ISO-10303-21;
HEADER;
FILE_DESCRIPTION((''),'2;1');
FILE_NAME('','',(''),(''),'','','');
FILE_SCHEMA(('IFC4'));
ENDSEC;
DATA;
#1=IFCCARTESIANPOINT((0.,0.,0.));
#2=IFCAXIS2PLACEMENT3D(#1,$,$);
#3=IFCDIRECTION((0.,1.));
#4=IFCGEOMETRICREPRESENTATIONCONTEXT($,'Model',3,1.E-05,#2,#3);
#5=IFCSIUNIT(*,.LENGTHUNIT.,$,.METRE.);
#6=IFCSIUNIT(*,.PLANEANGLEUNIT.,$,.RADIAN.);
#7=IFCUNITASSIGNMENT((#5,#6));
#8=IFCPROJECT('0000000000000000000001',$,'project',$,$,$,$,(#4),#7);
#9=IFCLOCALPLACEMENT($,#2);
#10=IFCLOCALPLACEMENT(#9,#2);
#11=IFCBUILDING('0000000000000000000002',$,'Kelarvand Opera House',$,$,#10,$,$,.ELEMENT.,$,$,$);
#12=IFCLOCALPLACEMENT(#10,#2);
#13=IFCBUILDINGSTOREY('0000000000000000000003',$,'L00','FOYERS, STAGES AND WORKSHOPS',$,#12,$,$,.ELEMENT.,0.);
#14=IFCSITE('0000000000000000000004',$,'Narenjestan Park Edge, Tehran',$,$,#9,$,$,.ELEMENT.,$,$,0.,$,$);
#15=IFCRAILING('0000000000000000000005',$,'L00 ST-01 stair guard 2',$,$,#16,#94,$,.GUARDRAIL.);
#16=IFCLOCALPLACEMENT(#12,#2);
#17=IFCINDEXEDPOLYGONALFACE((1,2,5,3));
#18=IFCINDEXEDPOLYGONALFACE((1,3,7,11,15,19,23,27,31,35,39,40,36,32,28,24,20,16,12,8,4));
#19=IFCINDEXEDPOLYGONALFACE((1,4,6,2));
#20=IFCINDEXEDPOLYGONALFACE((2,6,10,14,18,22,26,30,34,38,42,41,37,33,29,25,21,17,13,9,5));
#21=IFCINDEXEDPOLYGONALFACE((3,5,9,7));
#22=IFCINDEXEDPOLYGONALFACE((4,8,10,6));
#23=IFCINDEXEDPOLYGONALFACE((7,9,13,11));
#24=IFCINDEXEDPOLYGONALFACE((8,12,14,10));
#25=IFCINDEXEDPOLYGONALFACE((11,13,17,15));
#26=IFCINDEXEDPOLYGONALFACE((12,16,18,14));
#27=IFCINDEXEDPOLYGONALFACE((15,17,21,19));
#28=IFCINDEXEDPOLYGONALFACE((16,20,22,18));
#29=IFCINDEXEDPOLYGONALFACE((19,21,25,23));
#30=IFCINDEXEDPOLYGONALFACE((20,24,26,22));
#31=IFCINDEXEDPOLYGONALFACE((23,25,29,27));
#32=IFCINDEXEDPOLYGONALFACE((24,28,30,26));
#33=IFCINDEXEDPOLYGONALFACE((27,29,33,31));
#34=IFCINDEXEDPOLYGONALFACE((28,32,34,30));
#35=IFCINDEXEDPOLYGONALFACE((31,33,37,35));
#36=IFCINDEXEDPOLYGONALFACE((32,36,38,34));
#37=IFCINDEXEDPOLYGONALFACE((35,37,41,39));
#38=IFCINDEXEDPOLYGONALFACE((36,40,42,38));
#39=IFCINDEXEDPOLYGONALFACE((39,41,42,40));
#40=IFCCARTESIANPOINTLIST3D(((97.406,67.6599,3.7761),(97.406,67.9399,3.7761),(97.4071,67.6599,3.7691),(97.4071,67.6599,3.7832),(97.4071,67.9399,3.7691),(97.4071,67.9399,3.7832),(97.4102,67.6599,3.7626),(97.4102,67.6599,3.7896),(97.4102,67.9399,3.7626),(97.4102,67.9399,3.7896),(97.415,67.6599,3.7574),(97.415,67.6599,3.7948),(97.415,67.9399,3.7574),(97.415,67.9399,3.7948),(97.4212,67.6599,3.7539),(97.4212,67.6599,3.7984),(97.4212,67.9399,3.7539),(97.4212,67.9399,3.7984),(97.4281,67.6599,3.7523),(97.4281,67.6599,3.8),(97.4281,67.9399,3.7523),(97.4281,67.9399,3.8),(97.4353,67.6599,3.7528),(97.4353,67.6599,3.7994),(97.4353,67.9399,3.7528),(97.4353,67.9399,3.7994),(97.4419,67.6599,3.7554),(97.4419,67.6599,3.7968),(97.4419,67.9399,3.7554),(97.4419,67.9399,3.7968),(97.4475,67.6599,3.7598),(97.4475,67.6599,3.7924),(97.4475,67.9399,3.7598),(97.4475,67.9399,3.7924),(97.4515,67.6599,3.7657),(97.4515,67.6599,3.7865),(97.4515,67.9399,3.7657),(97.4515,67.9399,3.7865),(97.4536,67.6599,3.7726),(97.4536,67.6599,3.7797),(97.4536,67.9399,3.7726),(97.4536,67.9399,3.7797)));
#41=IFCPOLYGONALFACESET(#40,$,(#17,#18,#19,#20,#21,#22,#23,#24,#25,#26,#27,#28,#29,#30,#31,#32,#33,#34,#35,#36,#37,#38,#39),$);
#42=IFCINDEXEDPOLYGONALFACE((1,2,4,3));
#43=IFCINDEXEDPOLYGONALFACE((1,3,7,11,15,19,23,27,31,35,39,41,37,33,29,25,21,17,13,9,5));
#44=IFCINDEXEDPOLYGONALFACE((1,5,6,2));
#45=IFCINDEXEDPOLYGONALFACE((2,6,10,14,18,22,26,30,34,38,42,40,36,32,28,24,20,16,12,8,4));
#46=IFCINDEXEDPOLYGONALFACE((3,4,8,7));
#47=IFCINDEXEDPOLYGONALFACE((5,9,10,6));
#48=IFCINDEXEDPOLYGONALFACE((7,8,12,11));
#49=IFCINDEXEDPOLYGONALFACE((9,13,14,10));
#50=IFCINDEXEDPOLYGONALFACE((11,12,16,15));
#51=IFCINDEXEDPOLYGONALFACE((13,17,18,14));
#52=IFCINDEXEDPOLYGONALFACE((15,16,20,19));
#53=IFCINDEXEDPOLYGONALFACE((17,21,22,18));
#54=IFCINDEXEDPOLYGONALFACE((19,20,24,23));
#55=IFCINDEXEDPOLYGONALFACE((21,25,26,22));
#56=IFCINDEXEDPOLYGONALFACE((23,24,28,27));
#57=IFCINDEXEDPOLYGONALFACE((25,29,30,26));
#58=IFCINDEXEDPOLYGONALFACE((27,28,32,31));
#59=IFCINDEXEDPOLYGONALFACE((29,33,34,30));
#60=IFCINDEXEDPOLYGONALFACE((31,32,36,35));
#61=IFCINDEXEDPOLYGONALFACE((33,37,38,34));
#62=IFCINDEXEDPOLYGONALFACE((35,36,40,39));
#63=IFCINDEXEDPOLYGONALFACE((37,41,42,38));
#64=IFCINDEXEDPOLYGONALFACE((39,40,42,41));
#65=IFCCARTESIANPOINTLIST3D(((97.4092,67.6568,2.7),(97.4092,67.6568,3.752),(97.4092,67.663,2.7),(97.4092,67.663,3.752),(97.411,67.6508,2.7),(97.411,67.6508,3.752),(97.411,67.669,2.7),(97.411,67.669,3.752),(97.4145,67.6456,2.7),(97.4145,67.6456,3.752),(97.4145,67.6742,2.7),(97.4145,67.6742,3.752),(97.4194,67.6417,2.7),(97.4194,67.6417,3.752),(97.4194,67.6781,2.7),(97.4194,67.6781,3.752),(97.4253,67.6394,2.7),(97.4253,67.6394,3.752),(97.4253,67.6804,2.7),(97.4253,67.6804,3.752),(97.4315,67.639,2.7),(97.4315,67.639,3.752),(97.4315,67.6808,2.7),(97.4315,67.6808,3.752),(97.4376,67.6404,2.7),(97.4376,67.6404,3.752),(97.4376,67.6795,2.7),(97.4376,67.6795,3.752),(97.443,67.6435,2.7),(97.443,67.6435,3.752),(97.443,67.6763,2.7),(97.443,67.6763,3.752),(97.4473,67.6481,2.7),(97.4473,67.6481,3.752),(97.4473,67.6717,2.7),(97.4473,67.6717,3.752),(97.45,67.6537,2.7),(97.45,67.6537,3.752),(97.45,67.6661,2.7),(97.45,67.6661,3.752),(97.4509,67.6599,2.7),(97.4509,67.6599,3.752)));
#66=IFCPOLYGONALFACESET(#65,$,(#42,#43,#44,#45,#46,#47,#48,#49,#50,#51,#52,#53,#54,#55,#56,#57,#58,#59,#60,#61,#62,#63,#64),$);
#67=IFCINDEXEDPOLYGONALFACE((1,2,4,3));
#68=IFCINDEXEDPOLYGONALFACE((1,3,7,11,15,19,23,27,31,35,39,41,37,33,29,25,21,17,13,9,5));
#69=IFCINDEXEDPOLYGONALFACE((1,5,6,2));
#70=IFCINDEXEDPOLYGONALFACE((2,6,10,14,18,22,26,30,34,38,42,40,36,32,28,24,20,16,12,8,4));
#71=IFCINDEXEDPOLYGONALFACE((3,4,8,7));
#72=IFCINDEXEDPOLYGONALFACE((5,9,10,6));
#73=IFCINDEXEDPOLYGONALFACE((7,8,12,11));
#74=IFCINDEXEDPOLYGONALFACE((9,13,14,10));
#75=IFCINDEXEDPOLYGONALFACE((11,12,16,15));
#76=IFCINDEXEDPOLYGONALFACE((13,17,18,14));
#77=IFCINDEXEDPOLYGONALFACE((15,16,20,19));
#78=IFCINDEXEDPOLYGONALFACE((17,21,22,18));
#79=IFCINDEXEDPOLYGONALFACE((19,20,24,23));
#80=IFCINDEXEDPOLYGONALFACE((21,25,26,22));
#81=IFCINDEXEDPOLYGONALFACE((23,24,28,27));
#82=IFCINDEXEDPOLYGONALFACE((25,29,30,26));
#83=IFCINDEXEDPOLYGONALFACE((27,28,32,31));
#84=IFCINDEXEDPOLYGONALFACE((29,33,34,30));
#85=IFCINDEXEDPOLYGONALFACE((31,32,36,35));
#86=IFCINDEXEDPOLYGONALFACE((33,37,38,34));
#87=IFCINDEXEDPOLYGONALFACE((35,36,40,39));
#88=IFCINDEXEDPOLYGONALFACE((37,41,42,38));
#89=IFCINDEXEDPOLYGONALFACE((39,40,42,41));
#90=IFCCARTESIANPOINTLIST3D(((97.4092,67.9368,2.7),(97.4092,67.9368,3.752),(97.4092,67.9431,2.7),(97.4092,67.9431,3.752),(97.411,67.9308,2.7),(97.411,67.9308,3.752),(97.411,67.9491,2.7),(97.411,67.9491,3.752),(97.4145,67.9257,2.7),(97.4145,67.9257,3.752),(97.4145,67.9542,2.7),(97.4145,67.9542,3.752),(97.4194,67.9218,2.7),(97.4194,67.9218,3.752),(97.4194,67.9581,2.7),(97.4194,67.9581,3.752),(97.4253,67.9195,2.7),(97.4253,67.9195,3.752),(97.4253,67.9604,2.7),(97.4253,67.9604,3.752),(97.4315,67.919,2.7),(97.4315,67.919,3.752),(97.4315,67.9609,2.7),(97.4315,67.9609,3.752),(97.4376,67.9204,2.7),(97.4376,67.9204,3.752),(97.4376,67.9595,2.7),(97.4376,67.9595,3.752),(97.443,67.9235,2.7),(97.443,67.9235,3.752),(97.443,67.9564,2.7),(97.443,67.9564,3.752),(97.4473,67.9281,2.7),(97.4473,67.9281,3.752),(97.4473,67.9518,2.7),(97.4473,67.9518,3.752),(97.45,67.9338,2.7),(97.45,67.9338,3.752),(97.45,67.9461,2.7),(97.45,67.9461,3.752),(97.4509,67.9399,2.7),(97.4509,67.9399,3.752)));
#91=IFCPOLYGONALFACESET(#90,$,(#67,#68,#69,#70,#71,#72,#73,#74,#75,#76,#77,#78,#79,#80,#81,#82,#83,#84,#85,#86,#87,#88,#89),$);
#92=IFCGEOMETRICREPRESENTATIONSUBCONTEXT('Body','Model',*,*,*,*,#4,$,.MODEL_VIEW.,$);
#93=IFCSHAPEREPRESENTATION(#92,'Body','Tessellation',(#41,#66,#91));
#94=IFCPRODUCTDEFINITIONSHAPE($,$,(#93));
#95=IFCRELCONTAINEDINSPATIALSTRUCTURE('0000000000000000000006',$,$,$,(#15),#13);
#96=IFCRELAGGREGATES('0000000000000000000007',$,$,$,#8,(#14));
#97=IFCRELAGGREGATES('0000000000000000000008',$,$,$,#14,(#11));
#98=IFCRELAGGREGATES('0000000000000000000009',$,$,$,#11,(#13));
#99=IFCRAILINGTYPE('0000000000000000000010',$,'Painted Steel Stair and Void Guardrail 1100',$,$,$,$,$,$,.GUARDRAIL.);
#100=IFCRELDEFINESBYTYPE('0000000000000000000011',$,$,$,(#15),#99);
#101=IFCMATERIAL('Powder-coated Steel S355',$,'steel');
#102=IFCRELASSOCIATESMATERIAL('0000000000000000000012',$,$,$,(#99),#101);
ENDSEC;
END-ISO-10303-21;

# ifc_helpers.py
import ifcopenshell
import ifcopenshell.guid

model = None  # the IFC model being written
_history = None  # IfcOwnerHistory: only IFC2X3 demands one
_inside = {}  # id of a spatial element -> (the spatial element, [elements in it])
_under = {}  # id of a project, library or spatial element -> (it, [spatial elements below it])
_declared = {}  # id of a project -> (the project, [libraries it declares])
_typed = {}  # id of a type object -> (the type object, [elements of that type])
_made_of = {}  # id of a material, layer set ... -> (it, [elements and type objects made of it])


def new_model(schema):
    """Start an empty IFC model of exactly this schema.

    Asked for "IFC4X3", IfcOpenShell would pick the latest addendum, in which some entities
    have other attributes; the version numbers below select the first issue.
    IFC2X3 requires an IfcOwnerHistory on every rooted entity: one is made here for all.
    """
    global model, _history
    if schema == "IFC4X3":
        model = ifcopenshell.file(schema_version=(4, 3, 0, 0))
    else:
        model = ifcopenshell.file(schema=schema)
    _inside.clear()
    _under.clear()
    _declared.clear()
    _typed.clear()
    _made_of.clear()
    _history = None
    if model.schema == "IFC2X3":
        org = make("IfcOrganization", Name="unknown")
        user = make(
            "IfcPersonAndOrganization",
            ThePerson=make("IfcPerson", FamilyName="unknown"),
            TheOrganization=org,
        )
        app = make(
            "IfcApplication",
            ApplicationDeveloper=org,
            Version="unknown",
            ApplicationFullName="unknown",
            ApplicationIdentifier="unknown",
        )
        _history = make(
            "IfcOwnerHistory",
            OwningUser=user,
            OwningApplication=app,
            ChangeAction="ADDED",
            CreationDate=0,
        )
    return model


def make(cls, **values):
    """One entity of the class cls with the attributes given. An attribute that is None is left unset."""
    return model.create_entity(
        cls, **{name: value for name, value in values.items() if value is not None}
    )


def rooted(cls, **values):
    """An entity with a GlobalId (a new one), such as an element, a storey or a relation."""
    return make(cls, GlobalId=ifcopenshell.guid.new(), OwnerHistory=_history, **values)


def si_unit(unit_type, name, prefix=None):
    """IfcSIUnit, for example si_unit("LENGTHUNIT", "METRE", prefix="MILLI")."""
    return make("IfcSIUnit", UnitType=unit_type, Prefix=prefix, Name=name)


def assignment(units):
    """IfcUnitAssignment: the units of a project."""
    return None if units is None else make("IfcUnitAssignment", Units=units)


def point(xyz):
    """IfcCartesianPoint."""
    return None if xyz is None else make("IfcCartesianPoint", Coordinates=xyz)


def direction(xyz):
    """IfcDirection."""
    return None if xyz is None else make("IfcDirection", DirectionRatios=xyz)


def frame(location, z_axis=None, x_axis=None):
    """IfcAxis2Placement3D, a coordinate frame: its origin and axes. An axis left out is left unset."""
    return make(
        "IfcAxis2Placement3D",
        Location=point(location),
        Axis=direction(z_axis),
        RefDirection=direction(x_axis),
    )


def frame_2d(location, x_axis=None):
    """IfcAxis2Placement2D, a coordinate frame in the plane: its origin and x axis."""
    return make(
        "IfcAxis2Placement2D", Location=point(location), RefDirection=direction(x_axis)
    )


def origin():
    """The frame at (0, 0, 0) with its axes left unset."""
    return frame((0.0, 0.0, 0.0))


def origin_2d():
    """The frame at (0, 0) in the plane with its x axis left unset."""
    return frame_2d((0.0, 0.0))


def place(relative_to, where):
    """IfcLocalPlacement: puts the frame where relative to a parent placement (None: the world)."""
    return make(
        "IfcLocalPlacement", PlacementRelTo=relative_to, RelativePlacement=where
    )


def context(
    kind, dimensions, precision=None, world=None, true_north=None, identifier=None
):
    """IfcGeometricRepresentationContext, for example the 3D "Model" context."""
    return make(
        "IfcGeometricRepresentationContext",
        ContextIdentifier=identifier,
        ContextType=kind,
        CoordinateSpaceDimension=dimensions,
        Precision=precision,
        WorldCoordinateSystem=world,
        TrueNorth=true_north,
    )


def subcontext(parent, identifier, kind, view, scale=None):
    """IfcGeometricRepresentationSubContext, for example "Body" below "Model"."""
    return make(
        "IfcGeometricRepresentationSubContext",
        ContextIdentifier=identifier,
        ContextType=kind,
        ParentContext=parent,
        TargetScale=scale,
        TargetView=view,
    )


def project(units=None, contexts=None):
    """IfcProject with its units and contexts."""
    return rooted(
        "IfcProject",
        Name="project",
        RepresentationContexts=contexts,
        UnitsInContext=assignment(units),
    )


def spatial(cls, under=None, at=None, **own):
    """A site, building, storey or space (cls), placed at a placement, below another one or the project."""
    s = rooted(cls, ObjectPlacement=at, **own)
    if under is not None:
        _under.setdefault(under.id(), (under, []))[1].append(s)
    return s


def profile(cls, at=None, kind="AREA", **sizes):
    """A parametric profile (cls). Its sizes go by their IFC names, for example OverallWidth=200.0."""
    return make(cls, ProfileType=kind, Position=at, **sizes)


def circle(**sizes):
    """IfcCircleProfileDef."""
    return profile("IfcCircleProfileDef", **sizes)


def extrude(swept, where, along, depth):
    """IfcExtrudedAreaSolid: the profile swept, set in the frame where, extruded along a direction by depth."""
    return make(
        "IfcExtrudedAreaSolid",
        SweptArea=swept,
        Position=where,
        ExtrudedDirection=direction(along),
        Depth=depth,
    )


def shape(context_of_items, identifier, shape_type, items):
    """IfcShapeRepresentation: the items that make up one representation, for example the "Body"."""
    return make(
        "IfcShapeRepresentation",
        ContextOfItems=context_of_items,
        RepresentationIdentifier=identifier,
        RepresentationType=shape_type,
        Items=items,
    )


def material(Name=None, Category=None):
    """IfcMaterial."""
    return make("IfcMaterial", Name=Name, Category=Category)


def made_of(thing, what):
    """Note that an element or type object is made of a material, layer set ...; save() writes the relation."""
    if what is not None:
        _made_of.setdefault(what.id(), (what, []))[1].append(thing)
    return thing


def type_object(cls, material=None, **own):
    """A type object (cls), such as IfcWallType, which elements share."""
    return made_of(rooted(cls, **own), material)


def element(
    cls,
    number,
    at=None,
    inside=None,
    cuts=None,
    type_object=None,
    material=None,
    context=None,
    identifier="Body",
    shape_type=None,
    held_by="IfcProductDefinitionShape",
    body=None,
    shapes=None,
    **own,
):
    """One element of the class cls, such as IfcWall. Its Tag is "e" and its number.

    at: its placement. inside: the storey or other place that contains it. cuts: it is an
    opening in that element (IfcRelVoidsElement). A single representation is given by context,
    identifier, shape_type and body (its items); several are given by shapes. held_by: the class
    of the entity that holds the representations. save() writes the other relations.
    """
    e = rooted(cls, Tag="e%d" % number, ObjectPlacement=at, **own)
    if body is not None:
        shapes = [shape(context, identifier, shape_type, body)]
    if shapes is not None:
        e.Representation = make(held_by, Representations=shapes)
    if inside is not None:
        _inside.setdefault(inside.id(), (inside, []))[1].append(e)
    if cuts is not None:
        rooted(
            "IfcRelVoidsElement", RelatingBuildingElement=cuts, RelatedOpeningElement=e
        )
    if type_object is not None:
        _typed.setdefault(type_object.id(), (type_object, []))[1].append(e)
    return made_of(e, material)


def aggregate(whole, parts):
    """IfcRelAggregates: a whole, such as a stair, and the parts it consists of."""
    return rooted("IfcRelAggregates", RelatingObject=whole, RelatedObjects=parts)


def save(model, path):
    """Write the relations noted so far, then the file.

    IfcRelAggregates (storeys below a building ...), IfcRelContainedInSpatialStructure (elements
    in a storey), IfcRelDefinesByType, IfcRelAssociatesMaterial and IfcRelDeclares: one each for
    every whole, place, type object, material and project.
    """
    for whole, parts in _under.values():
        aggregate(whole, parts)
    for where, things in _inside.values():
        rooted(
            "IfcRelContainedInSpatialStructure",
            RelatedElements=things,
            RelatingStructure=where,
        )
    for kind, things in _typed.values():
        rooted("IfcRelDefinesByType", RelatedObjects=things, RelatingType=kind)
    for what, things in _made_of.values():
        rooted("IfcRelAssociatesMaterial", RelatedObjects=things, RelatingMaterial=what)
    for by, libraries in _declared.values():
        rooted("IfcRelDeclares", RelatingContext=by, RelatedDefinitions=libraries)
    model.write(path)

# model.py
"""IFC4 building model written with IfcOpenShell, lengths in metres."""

from ifc_helpers import new_model, si_unit, direction, frame, origin, origin_2d, place, context, subcontext, project, spatial, circle, extrude, material, type_object, element, save


model = new_model("IFC4")

# Units and contexts
model_context = context("Model", 3, precision=1e-05, world=origin(), true_north=direction((0.0, 1.0)))
body_context = subcontext(model_context, "Body", "Model", "MODEL_VIEW")
ifc_project = project(units=[si_unit("LENGTHUNIT", "METRE"), si_unit("PLANEANGLEUNIT", "RADIAN")], contexts=[model_context])

# Site, building, storey
site_placement = place(None, origin())
site = spatial("IfcSite", under=ifc_project, at=site_placement, Name="Narenjestan Park Edge, Tehran", CompositionType="ELEMENT", RefElevation=0.0)
building_placement = place(site_placement, origin())
building = spatial("IfcBuilding", under=site, at=building_placement, Name="Kelarvand Opera House", CompositionType="ELEMENT")
storey_placement = place(building_placement, origin())
storey = spatial("IfcBuildingStorey", under=building, at=storey_placement, Name="L00", Description="FOYERS, STAGES AND WORKSHOPS", CompositionType="ELEMENT", Elevation=0.0)

# Railing
ifc_material_1 = material(Name="Powder-coated Steel S355", Category="steel")
railing_type_1 = type_object("IfcRailingType", Name="Painted Steel Stair and Void Guardrail 1100", PredefinedType="GUARDRAIL", material=ifc_material_1)
railing_1_placement = place(storey_placement, frame((97.4299, 67.6599, 2.7)))
element("IfcRailing", 1, at=railing_1_placement, inside=storey, type_object=railing_type_1, Name="L00 ST-01 stair guard 2", PredefinedType="GUARDRAIL", context=body_context, shape_type="SweptSolid", body=[
    extrude(circle(Radius=0.0239, at=origin_2d()), frame((0.0, 0.0, 1.0762), z_axis=(0.0, 1.0, 0.0), x_axis=(-1.0, 0.0, 0.0)), (0.0, 0.0, 1.0), 0.28),
    extrude(circle(Radius=0.021, at=origin_2d()), origin(), (0.0, 0.0, 1.0), 1.052),
    extrude(circle(Radius=0.021, at=origin_2d()), frame((0.0, 0.28, 0.0)), (0.0, 0.0, 1.0), 1.052),
])

save(model, "model.ifc")
